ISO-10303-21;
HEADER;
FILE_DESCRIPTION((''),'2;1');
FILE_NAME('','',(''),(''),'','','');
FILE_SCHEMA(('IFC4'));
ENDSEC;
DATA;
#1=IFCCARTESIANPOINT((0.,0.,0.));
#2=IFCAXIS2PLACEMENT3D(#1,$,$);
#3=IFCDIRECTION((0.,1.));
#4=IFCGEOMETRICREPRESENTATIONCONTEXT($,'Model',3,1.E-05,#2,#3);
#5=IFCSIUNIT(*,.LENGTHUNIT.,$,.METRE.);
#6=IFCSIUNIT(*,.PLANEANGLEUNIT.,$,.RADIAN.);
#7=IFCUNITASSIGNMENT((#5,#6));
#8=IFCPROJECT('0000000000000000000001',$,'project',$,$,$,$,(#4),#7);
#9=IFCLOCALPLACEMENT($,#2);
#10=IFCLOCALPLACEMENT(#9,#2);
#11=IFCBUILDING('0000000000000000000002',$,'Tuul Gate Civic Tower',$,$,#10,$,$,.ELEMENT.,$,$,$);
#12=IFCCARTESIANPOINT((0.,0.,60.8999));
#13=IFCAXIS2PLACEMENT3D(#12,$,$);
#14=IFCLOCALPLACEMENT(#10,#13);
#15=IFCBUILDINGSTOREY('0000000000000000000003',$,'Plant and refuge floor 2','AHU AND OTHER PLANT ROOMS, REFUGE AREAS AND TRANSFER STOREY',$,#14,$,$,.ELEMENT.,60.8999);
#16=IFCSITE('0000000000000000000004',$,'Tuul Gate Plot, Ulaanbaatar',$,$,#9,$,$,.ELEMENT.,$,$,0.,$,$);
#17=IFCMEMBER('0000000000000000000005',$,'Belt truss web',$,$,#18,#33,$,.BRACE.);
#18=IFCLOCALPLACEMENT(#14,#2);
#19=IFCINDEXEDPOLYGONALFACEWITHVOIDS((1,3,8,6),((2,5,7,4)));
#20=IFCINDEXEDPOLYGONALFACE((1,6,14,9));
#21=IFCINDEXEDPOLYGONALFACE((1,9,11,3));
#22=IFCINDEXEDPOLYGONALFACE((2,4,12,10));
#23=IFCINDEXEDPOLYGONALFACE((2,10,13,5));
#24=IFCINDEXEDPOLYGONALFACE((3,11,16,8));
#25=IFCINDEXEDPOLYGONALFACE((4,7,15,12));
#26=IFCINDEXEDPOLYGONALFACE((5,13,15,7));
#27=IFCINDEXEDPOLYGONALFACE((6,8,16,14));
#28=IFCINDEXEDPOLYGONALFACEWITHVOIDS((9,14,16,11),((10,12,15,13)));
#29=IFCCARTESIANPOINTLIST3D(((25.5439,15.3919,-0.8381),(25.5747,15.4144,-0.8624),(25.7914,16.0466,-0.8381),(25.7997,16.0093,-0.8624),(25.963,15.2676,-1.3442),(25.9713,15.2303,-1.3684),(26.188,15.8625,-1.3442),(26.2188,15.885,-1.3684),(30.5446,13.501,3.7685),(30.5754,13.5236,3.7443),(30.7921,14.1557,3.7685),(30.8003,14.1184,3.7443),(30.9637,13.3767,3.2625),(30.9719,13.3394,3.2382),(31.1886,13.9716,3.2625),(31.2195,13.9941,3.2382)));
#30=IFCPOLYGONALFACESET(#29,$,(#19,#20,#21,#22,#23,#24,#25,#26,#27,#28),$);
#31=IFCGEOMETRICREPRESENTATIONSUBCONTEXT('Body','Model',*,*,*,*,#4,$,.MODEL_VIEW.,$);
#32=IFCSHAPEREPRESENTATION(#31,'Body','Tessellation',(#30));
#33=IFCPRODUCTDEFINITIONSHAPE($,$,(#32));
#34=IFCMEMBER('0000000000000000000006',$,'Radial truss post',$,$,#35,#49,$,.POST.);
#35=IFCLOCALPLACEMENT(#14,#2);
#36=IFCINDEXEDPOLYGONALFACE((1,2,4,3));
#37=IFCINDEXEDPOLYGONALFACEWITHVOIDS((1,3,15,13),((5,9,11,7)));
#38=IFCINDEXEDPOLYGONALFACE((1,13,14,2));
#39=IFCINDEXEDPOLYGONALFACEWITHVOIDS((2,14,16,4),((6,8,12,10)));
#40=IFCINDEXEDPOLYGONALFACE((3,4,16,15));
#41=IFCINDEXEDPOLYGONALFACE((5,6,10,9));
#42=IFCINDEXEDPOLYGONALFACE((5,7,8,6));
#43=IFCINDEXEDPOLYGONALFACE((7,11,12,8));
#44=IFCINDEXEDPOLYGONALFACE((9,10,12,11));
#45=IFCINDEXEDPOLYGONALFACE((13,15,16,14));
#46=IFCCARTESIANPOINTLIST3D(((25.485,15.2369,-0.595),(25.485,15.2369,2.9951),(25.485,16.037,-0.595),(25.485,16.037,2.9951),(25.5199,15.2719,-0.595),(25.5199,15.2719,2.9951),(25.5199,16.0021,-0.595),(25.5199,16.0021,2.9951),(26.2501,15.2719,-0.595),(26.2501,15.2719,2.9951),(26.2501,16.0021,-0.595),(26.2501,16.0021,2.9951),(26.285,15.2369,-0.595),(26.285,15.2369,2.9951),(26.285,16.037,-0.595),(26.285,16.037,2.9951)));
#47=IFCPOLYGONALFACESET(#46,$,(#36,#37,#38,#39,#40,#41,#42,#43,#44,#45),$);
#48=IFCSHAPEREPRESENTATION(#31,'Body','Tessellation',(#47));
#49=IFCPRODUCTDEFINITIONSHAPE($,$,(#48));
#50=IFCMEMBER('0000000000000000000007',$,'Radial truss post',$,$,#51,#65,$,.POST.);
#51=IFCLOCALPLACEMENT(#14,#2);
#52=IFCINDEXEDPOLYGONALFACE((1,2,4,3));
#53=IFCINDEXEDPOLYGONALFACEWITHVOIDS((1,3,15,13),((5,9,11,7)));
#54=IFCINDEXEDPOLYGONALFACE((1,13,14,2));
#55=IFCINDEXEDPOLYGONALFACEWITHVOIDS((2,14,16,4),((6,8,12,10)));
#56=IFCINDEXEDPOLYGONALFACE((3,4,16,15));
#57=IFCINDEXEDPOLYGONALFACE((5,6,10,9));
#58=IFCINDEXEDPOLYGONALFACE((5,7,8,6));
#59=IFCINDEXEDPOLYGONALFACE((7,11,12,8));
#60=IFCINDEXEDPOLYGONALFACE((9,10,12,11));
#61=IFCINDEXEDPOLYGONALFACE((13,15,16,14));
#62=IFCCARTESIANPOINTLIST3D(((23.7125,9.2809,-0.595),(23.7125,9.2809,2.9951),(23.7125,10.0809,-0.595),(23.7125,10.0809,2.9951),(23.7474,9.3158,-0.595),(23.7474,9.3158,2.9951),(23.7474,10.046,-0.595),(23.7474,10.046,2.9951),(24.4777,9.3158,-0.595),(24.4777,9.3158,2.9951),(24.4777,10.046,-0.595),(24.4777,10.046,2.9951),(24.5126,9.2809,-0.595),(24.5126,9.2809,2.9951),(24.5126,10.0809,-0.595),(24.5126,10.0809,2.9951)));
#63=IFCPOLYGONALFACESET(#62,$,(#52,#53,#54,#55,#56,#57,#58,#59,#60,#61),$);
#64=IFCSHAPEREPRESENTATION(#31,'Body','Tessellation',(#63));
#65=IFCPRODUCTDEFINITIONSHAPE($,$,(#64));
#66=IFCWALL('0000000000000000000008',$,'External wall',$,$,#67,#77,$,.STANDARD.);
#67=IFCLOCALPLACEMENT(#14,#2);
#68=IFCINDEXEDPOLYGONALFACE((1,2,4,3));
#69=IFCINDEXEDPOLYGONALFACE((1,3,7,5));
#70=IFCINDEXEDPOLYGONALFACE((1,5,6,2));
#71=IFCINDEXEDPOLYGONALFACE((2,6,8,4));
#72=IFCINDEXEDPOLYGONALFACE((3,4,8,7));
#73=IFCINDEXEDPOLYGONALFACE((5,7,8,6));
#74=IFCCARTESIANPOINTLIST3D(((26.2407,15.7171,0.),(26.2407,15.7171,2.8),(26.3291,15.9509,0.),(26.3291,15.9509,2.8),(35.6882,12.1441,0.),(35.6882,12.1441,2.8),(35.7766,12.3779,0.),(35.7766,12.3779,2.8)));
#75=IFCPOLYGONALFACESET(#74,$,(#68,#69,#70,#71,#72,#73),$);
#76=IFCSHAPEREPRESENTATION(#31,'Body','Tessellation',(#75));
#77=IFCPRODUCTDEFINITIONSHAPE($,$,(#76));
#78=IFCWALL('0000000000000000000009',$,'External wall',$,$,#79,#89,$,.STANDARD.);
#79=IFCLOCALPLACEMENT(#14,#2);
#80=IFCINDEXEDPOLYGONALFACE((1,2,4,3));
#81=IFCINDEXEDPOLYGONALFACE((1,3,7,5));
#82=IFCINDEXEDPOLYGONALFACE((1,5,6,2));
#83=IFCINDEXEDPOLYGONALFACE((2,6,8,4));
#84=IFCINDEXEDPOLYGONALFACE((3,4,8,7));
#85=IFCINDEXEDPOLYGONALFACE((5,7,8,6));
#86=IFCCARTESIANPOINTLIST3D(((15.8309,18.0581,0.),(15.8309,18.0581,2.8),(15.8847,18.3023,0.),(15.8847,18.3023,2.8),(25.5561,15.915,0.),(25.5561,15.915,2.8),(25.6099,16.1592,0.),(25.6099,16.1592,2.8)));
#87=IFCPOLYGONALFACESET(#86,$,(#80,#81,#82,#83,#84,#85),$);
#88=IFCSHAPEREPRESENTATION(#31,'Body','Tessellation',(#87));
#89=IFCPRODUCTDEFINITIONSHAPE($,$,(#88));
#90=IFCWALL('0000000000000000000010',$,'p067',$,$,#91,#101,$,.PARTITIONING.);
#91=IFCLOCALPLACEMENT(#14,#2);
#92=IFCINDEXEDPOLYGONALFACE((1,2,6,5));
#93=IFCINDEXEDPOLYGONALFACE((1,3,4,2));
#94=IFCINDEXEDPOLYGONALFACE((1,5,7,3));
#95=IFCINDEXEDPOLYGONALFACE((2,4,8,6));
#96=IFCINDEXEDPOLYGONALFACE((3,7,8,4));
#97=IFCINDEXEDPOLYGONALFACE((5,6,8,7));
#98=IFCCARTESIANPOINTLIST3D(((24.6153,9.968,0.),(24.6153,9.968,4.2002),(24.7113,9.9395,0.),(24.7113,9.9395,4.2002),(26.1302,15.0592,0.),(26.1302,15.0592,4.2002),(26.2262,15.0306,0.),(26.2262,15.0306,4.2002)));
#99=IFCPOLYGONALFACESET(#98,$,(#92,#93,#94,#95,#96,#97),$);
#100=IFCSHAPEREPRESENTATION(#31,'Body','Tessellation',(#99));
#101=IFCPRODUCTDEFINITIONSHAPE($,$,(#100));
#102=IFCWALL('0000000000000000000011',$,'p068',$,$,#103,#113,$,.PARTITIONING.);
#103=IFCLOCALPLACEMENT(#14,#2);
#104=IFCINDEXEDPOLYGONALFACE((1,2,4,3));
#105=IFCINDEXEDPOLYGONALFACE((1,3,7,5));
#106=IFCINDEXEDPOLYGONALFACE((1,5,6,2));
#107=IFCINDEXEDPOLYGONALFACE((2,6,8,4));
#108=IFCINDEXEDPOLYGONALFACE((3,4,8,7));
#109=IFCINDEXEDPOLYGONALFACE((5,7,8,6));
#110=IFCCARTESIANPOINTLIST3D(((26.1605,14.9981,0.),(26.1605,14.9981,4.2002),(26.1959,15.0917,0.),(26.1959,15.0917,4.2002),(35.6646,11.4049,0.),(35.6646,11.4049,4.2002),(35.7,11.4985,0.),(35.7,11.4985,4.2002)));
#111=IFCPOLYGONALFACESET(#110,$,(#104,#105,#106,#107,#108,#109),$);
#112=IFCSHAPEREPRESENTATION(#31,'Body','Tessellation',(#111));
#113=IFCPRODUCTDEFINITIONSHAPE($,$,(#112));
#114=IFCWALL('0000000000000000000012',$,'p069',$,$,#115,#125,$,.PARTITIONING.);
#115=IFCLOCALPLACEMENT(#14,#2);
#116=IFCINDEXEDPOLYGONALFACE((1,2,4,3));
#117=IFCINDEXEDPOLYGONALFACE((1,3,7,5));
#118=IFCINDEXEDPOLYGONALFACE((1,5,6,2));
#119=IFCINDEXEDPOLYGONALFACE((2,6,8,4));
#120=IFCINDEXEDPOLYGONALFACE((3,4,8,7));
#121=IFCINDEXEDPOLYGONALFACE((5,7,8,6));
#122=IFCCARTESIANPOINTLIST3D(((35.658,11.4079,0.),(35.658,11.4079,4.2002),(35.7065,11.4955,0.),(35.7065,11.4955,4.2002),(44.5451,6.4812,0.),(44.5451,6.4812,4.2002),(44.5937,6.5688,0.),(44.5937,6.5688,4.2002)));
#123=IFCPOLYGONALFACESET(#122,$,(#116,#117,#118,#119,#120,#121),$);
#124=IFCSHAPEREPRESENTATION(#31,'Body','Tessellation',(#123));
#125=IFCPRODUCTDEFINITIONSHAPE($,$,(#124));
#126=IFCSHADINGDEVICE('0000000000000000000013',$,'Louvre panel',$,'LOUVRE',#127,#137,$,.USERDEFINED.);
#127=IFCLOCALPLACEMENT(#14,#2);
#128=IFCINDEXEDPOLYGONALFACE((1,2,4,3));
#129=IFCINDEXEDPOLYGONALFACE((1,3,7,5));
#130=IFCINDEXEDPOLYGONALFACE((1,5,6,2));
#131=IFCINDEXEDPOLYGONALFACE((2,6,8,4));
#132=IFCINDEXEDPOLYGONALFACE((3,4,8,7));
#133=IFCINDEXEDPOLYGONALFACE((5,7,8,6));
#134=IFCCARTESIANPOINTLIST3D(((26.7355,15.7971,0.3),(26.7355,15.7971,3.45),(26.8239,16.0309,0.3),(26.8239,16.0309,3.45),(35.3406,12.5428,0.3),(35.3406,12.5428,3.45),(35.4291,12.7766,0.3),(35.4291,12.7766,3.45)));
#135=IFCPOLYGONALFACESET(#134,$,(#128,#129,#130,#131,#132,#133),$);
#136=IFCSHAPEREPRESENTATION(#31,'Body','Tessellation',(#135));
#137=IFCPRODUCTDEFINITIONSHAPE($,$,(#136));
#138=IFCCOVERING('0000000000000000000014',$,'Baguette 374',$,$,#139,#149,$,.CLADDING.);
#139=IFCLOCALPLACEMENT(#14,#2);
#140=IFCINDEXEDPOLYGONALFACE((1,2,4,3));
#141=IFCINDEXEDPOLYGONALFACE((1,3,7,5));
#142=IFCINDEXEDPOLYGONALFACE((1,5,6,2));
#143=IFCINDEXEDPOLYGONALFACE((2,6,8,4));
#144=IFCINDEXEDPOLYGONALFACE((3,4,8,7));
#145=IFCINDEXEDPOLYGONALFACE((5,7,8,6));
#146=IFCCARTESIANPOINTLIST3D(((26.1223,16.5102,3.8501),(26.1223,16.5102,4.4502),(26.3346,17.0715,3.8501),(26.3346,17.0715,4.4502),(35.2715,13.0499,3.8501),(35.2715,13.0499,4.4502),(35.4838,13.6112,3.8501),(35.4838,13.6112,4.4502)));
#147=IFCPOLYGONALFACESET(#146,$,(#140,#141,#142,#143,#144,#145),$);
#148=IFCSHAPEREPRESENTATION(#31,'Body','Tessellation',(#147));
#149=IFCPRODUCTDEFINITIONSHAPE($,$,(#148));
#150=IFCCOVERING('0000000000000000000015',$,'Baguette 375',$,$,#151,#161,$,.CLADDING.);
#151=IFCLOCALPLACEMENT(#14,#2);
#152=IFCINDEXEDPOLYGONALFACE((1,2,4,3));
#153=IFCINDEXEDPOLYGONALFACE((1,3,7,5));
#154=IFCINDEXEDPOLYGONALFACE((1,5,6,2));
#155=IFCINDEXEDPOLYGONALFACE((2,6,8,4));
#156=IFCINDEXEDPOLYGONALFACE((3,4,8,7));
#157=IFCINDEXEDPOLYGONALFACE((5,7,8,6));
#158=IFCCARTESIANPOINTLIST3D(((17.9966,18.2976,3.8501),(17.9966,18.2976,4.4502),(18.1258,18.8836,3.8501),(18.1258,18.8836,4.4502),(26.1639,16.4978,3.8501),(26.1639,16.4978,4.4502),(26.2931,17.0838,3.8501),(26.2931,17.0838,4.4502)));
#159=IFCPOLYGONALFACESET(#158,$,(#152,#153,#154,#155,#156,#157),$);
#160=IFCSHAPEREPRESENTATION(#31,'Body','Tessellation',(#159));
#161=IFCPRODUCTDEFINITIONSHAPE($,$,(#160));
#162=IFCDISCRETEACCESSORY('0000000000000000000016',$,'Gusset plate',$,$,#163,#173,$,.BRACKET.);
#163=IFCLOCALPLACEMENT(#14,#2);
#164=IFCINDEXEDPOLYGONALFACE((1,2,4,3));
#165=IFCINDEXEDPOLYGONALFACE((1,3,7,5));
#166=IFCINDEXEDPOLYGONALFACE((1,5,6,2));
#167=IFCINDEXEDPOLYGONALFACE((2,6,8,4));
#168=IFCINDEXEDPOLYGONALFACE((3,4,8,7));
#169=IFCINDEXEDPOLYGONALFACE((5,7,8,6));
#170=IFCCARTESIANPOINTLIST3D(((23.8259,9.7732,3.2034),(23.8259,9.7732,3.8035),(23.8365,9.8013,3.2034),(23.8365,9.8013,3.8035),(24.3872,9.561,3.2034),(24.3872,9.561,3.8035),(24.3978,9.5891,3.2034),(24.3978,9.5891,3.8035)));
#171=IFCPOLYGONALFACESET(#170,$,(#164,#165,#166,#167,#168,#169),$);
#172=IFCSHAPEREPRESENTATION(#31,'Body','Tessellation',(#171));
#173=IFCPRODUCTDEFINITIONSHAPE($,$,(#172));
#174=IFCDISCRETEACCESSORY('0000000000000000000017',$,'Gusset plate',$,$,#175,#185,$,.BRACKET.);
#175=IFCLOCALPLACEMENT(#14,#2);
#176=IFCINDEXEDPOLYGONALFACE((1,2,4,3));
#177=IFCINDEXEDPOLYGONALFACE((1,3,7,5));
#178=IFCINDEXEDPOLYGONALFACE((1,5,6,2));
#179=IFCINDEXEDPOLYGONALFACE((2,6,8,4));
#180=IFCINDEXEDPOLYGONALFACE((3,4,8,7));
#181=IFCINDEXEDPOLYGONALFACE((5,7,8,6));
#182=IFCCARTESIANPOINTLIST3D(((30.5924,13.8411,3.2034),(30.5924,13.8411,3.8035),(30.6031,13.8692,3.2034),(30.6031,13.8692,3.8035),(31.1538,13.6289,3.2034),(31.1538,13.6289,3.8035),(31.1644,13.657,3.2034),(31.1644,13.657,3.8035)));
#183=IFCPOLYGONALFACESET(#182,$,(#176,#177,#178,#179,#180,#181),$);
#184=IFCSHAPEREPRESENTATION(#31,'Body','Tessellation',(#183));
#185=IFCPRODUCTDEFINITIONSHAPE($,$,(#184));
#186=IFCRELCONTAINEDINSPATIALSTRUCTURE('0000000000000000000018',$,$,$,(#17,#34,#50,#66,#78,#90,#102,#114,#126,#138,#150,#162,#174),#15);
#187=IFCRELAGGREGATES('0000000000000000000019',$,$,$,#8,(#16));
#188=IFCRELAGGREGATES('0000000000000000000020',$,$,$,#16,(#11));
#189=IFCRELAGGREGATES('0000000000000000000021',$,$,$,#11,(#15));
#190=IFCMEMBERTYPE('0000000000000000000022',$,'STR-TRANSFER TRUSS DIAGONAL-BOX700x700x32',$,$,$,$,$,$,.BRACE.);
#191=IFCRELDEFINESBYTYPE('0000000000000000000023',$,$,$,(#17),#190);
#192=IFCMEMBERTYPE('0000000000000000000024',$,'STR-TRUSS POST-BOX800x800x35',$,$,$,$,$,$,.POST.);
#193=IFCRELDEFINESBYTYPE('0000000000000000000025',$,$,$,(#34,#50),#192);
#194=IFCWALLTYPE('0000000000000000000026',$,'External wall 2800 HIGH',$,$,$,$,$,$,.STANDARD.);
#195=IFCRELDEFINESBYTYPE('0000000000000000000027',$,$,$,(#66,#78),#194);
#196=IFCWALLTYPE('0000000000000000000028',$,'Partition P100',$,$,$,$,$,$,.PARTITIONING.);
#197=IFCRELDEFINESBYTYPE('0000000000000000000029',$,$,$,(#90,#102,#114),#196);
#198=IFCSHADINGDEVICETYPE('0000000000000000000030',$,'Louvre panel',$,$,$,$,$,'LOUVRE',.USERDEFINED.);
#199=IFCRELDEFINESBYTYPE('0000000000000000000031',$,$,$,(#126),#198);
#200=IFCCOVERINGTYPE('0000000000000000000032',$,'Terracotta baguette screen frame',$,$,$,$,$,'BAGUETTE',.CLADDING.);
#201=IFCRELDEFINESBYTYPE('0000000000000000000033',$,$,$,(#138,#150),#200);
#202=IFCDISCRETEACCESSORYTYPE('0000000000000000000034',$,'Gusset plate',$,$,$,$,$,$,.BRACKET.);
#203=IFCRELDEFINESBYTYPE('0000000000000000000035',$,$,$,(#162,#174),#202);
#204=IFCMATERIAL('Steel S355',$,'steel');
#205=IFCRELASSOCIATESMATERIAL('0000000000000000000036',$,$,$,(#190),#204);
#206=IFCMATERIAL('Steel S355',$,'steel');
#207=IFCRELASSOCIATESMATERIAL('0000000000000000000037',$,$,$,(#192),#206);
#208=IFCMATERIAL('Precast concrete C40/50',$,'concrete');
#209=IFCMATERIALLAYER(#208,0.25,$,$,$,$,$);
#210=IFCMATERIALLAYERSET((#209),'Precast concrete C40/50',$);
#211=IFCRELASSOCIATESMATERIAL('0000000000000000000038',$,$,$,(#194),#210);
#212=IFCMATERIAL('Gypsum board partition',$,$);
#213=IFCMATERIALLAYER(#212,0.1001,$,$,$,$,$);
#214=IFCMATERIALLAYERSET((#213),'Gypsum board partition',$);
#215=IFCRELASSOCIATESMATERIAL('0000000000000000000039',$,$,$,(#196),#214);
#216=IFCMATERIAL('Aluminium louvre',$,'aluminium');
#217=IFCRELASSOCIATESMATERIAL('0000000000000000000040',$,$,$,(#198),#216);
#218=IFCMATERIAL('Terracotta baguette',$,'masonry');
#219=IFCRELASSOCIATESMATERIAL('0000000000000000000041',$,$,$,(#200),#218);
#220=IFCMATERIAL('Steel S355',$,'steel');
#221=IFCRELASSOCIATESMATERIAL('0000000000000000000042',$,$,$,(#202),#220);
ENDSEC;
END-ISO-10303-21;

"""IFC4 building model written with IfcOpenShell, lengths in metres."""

from ifc_helpers import new_model, si_unit, direction, frame, frame_2d, origin, origin_2d, place, context, subcontext, project, spatial, rectangle, hollow_rectangle, extrude, material, layer, layer_set, material_profile, profile_set, type_object, element, save


model = new_model("IFC4")

# Units and contexts
model_context = context("Model", 3, precision=1e-05, world=origin(), true_north=direction((0.0, 1.0)))
body_context = subcontext(model_context, "Body", "Model", "MODEL_VIEW")
ifc_project = project(units=[si_unit("LENGTHUNIT", "METRE"), si_unit("PLANEANGLEUNIT", "RADIAN")], contexts=[model_context])

# Site, building, storey
site_placement = place(None, origin())
site = spatial("IfcSite", under=ifc_project, at=site_placement, Name="Tuul Gate Plot, Ulaanbaatar", CompositionType="ELEMENT", RefElevation=0.0)
building_placement = place(site_placement, origin())
building = spatial("IfcBuilding", under=site, at=building_placement, Name="Tuul Gate Civic Tower", CompositionType="ELEMENT")
storey_placement = place(building_placement, frame((0.0, 0.0, 60.8999)))
storey = spatial("IfcBuildingStorey", under=building, at=storey_placement, Name="Plant and refuge floor 2", Description="AHU AND OTHER PLANT ROOMS, REFUGE AREAS AND TRANSFER STOREY", CompositionType="ELEMENT", Elevation=60.8999)

# Members
ifc_material_1 = material(Name="Steel S355", Category="steel")
ifc_material_profile_1 = material_profile(ifc_material_1, hollow_rectangle(XDim=0.7, YDim=0.7, WallThickness=0.032, at=origin_2d()), Name="BOX700x700x32")
ifc_profile_set_1 = profile_set([ifc_material_profile_1], Name="Steel S355")
member_type_1 = type_object("IfcMemberType", Name="STR-TRANSFER TRUSS DIAGONAL-BOX700x700x32", PredefinedType="BRACE", material=ifc_profile_set_1)
for number, where, z_axis, x_axis, name in (
    (1, (25.8813, 15.6384, -1.1033), (0.708598, -0.267934, 0.652763), (0.353679, 0.935367, 0.0), "Belt truss web"),
):
    element("IfcMember", number, at=place(storey_placement, frame(where, z_axis=z_axis, x_axis=x_axis)), inside=storey, type_object=member_type_1, Name=name, PredefinedType="BRACE", context=body_context, shape_type="SweptSolid", body=[
        extrude(hollow_rectangle(XDim=0.7, YDim=0.7, WallThickness=0.032, at=origin_2d()), origin(), (0.0, 0.0, 1.0), 7.0571),
    ])
ifc_material_2 = material(Name="Steel S355", Category="steel")
ifc_material_profile_2 = material_profile(ifc_material_2, hollow_rectangle(XDim=0.8, YDim=0.8, WallThickness=0.0349, at=origin_2d()), Name="BOX800x800x35")
ifc_profile_set_2 = profile_set([ifc_material_profile_2], Name="Steel S355")
member_type_2 = type_object("IfcMemberType", Name="STR-TRUSS POST-BOX800x800x35", PredefinedType="POST", material=ifc_profile_set_2)
for number, where, z_axis, x_axis, name in (
    (2, (25.885, 15.637, -0.595), (0.0, 0.0, 1.0), (1.0, 0.0, 0.0), "Radial truss post"),
    (3, (24.1125, 9.6809, -0.595), (0.0, 0.0, 1.0), (1.0, 0.0, 0.0), "Radial truss post"),
):
    element("IfcMember", number, at=place(storey_placement, frame(where, z_axis=z_axis, x_axis=x_axis)), inside=storey, type_object=member_type_2, Name=name, PredefinedType="POST", context=body_context, shape_type="SweptSolid", body=[
        extrude(hollow_rectangle(XDim=0.8, YDim=0.8, WallThickness=0.0349, at=origin_2d()), origin(), (0.0, 0.0, 1.0), 3.5901),
    ])

# Walls
ifc_material_3 = material(Name="Precast concrete C40/50", Category="concrete")
ifc_layer_1 = layer(ifc_material_3, 0.25)
ifc_layer_set_1 = layer_set([ifc_layer_1], Name="Precast concrete C40/50")
wall_type_1 = type_object("IfcWallType", Name="External wall 2800 HIGH", PredefinedType="STANDARD", material=ifc_layer_set_1)
wall_1_placement = place(storey_placement, frame((35.7324, 12.261, 0.0), z_axis=(0.0, 0.0, 1.0), x_axis=(-0.935343, 0.353742, 0.0)))
element("IfcWall", 4, at=wall_1_placement, inside=storey, type_object=wall_type_1, Name="External wall", PredefinedType="STANDARD", context=body_context, shape_type="SweptSolid", body=[
    extrude(rectangle(XDim=10.1006, YDim=0.25, at=frame_2d((5.0503, 0.0))), origin(), (0.0, 0.0, 1.0), 2.8),
])
wall_2_placement = place(storey_placement, frame((25.583, 16.0371, 0.0), z_axis=(0.0, 0.0, 1.0), x_axis=(-0.97657, 0.215201, 0.0)))
element("IfcWall", 5, at=wall_2_placement, inside=storey, type_object=wall_type_1, Name="External wall", PredefinedType="STANDARD", context=body_context, shape_type="SweptSolid", body=[
    extrude(rectangle(XDim=9.9585, YDim=0.25, at=frame_2d((4.9792, 0.0))), origin(), (0.0, 0.0, 1.0), 2.8),
])
ifc_material_4 = material(Name="Gypsum board partition")
ifc_layer_2 = layer(ifc_material_4, 0.1001)
ifc_layer_set_2 = layer_set([ifc_layer_2], Name="Gypsum board partition")
wall_type_2 = type_object("IfcWallType", Name="Partition P100", PredefinedType="PARTITIONING", material=ifc_layer_set_2)
wall_3_placement = place(storey_placement, frame((24.6633, 9.9539, 0.0), z_axis=(0.0, 0.0, 1.0), x_axis=(0.285201, 0.958468, 0.0)))
element("IfcWall", 6, at=wall_3_placement, inside=storey, type_object=wall_type_2, Name="p067", PredefinedType="PARTITIONING", context=body_context, shape_type="SweptSolid", body=[
    extrude(rectangle(XDim=5.3118, YDim=0.1001, at=frame_2d((2.6558, 0.0))), origin(), (0.0, 0.0, 1.0), 4.2002),
])
wall_4_placement = place(storey_placement, frame((26.1782, 15.0449, 0.0), z_axis=(0.0, 0.0, 1.0), x_axis=(0.935381, -0.353642, 0.0)))
element("IfcWall", 7, at=wall_4_placement, inside=storey, type_object=wall_type_2, Name="p068", PredefinedType="PARTITIONING", context=body_context, shape_type="SweptSolid", body=[
    extrude(rectangle(XDim=10.1606, YDim=0.1001, at=frame_2d((5.0803, 0.0))), origin(), (0.0, 0.0, 1.0), 4.2002),
])
wall_5_placement = place(storey_placement, frame((35.6824, 11.4517, 0.0), z_axis=(0.0, 0.0, 1.0), x_axis=(0.874599, -0.484847, 0.0)))
element("IfcWall", 8, at=wall_5_placement, inside=storey, type_object=wall_type_2, Name="p069", PredefinedType="PARTITIONING", context=body_context, shape_type="SweptSolid", body=[
    extrude(rectangle(XDim=10.1614, YDim=0.1001, at=frame_2d((5.0806, 0.0))), origin(), (0.0, 0.0, 1.0), 4.2002),
])

# Shading device
ifc_material_5 = material(Name="Aluminium louvre", Category="aluminium")
shading_device_type = type_object("IfcShadingDeviceType", Name="Louvre panel", ElementType="LOUVRE", PredefinedType="USERDEFINED", material=ifc_material_5)
shading_device_placement = place(storey_placement, frame((31.0823, 14.2869, 0.3), z_axis=(0.0, 0.0, 1.0), x_axis=(0.353734, 0.935346, 0.0)))
element("IfcShadingDevice", 9, at=shading_device_placement, inside=storey, type_object=shading_device_type, Name="Louvre panel", ObjectType="LOUVRE", PredefinedType="USERDEFINED", context=body_context, shape_type="SweptSolid", body=[
    extrude(rectangle(XDim=0.25, YDim=9.2, at=origin_2d()), origin(), (0.0, 0.0, 1.0), 3.1499),
])

# Coverings
ifc_material_6 = material(Name="Terracotta baguette", Category="masonry")
ifc_material_profile_3 = material_profile(ifc_material_6, rectangle(XDim=0.6001, YDim=0.6001, at=origin_2d()), Name="Terracotta baguette screen frame")
ifc_profile_set_3 = profile_set([ifc_material_profile_3], Name="Terracotta baguette")
covering_type = type_object("IfcCoveringType", Name="Terracotta baguette screen frame", ElementType="BAGUETTE", PredefinedType="CLADDING", material=ifc_profile_set_3)
covering_1_placement = place(storey_placement, frame((35.3777, 13.3306, 4.1501), z_axis=(-0.935342, 0.353745, 0.0), x_axis=(-0.353745, -0.935342, 0.0)))
element("IfcCovering", 10, at=covering_1_placement, inside=storey, type_object=covering_type, Name="Baguette 374", PredefinedType="CLADDING", context=body_context, shape_type="SweptSolid", body=[
    extrude(rectangle(XDim=0.6001, YDim=0.6001, at=origin_2d()), origin(), (0.0, 0.0, 1.0), 9.7817),
])
covering_2_placement = place(storey_placement, frame((26.2285, 16.7908, 4.1501), z_axis=(-0.976569, 0.215205, 0.0), x_axis=(-0.215205, -0.976569, 0.0)))
element("IfcCovering", 11, at=covering_2_placement, inside=storey, type_object=covering_type, Name="Baguette 375", PredefinedType="CLADDING", context=body_context, shape_type="SweptSolid", body=[
    extrude(rectangle(XDim=0.6001, YDim=0.6001, at=origin_2d()), origin(), (0.0, 0.0, 1.0), 8.3633),
])

# Discrete accessories
ifc_material_7 = material(Name="Steel S355", Category="steel")
discrete_accessory_type = type_object("IfcDiscreteAccessoryType", Name="Gusset plate", PredefinedType="BRACKET", material=ifc_material_7)
for number, where, z_axis, x_axis, name in (
    (12, (24.1118, 9.6812, 3.2034), (0.0, 0.0, 1.0), (0.935344, -0.353739, 0.0), "Gusset plate"),
    (13, (30.8784, 13.749, 3.2034), (0.0, 0.0, 1.0), (0.935375, -0.353657, 0.0), "Gusset plate"),
):
    element("IfcDiscreteAccessory", number, at=place(storey_placement, frame(where, z_axis=z_axis, x_axis=x_axis)), inside=storey, type_object=discrete_accessory_type, Name=name, PredefinedType="BRACKET", context=body_context, shape_type="SweptSolid", body=[
        extrude(rectangle(XDim=0.6001, YDim=0.03, at=origin_2d()), origin(), (0.0, 0.0, 1.0), 0.6001),
    ])

save(model, "model.ifc")
